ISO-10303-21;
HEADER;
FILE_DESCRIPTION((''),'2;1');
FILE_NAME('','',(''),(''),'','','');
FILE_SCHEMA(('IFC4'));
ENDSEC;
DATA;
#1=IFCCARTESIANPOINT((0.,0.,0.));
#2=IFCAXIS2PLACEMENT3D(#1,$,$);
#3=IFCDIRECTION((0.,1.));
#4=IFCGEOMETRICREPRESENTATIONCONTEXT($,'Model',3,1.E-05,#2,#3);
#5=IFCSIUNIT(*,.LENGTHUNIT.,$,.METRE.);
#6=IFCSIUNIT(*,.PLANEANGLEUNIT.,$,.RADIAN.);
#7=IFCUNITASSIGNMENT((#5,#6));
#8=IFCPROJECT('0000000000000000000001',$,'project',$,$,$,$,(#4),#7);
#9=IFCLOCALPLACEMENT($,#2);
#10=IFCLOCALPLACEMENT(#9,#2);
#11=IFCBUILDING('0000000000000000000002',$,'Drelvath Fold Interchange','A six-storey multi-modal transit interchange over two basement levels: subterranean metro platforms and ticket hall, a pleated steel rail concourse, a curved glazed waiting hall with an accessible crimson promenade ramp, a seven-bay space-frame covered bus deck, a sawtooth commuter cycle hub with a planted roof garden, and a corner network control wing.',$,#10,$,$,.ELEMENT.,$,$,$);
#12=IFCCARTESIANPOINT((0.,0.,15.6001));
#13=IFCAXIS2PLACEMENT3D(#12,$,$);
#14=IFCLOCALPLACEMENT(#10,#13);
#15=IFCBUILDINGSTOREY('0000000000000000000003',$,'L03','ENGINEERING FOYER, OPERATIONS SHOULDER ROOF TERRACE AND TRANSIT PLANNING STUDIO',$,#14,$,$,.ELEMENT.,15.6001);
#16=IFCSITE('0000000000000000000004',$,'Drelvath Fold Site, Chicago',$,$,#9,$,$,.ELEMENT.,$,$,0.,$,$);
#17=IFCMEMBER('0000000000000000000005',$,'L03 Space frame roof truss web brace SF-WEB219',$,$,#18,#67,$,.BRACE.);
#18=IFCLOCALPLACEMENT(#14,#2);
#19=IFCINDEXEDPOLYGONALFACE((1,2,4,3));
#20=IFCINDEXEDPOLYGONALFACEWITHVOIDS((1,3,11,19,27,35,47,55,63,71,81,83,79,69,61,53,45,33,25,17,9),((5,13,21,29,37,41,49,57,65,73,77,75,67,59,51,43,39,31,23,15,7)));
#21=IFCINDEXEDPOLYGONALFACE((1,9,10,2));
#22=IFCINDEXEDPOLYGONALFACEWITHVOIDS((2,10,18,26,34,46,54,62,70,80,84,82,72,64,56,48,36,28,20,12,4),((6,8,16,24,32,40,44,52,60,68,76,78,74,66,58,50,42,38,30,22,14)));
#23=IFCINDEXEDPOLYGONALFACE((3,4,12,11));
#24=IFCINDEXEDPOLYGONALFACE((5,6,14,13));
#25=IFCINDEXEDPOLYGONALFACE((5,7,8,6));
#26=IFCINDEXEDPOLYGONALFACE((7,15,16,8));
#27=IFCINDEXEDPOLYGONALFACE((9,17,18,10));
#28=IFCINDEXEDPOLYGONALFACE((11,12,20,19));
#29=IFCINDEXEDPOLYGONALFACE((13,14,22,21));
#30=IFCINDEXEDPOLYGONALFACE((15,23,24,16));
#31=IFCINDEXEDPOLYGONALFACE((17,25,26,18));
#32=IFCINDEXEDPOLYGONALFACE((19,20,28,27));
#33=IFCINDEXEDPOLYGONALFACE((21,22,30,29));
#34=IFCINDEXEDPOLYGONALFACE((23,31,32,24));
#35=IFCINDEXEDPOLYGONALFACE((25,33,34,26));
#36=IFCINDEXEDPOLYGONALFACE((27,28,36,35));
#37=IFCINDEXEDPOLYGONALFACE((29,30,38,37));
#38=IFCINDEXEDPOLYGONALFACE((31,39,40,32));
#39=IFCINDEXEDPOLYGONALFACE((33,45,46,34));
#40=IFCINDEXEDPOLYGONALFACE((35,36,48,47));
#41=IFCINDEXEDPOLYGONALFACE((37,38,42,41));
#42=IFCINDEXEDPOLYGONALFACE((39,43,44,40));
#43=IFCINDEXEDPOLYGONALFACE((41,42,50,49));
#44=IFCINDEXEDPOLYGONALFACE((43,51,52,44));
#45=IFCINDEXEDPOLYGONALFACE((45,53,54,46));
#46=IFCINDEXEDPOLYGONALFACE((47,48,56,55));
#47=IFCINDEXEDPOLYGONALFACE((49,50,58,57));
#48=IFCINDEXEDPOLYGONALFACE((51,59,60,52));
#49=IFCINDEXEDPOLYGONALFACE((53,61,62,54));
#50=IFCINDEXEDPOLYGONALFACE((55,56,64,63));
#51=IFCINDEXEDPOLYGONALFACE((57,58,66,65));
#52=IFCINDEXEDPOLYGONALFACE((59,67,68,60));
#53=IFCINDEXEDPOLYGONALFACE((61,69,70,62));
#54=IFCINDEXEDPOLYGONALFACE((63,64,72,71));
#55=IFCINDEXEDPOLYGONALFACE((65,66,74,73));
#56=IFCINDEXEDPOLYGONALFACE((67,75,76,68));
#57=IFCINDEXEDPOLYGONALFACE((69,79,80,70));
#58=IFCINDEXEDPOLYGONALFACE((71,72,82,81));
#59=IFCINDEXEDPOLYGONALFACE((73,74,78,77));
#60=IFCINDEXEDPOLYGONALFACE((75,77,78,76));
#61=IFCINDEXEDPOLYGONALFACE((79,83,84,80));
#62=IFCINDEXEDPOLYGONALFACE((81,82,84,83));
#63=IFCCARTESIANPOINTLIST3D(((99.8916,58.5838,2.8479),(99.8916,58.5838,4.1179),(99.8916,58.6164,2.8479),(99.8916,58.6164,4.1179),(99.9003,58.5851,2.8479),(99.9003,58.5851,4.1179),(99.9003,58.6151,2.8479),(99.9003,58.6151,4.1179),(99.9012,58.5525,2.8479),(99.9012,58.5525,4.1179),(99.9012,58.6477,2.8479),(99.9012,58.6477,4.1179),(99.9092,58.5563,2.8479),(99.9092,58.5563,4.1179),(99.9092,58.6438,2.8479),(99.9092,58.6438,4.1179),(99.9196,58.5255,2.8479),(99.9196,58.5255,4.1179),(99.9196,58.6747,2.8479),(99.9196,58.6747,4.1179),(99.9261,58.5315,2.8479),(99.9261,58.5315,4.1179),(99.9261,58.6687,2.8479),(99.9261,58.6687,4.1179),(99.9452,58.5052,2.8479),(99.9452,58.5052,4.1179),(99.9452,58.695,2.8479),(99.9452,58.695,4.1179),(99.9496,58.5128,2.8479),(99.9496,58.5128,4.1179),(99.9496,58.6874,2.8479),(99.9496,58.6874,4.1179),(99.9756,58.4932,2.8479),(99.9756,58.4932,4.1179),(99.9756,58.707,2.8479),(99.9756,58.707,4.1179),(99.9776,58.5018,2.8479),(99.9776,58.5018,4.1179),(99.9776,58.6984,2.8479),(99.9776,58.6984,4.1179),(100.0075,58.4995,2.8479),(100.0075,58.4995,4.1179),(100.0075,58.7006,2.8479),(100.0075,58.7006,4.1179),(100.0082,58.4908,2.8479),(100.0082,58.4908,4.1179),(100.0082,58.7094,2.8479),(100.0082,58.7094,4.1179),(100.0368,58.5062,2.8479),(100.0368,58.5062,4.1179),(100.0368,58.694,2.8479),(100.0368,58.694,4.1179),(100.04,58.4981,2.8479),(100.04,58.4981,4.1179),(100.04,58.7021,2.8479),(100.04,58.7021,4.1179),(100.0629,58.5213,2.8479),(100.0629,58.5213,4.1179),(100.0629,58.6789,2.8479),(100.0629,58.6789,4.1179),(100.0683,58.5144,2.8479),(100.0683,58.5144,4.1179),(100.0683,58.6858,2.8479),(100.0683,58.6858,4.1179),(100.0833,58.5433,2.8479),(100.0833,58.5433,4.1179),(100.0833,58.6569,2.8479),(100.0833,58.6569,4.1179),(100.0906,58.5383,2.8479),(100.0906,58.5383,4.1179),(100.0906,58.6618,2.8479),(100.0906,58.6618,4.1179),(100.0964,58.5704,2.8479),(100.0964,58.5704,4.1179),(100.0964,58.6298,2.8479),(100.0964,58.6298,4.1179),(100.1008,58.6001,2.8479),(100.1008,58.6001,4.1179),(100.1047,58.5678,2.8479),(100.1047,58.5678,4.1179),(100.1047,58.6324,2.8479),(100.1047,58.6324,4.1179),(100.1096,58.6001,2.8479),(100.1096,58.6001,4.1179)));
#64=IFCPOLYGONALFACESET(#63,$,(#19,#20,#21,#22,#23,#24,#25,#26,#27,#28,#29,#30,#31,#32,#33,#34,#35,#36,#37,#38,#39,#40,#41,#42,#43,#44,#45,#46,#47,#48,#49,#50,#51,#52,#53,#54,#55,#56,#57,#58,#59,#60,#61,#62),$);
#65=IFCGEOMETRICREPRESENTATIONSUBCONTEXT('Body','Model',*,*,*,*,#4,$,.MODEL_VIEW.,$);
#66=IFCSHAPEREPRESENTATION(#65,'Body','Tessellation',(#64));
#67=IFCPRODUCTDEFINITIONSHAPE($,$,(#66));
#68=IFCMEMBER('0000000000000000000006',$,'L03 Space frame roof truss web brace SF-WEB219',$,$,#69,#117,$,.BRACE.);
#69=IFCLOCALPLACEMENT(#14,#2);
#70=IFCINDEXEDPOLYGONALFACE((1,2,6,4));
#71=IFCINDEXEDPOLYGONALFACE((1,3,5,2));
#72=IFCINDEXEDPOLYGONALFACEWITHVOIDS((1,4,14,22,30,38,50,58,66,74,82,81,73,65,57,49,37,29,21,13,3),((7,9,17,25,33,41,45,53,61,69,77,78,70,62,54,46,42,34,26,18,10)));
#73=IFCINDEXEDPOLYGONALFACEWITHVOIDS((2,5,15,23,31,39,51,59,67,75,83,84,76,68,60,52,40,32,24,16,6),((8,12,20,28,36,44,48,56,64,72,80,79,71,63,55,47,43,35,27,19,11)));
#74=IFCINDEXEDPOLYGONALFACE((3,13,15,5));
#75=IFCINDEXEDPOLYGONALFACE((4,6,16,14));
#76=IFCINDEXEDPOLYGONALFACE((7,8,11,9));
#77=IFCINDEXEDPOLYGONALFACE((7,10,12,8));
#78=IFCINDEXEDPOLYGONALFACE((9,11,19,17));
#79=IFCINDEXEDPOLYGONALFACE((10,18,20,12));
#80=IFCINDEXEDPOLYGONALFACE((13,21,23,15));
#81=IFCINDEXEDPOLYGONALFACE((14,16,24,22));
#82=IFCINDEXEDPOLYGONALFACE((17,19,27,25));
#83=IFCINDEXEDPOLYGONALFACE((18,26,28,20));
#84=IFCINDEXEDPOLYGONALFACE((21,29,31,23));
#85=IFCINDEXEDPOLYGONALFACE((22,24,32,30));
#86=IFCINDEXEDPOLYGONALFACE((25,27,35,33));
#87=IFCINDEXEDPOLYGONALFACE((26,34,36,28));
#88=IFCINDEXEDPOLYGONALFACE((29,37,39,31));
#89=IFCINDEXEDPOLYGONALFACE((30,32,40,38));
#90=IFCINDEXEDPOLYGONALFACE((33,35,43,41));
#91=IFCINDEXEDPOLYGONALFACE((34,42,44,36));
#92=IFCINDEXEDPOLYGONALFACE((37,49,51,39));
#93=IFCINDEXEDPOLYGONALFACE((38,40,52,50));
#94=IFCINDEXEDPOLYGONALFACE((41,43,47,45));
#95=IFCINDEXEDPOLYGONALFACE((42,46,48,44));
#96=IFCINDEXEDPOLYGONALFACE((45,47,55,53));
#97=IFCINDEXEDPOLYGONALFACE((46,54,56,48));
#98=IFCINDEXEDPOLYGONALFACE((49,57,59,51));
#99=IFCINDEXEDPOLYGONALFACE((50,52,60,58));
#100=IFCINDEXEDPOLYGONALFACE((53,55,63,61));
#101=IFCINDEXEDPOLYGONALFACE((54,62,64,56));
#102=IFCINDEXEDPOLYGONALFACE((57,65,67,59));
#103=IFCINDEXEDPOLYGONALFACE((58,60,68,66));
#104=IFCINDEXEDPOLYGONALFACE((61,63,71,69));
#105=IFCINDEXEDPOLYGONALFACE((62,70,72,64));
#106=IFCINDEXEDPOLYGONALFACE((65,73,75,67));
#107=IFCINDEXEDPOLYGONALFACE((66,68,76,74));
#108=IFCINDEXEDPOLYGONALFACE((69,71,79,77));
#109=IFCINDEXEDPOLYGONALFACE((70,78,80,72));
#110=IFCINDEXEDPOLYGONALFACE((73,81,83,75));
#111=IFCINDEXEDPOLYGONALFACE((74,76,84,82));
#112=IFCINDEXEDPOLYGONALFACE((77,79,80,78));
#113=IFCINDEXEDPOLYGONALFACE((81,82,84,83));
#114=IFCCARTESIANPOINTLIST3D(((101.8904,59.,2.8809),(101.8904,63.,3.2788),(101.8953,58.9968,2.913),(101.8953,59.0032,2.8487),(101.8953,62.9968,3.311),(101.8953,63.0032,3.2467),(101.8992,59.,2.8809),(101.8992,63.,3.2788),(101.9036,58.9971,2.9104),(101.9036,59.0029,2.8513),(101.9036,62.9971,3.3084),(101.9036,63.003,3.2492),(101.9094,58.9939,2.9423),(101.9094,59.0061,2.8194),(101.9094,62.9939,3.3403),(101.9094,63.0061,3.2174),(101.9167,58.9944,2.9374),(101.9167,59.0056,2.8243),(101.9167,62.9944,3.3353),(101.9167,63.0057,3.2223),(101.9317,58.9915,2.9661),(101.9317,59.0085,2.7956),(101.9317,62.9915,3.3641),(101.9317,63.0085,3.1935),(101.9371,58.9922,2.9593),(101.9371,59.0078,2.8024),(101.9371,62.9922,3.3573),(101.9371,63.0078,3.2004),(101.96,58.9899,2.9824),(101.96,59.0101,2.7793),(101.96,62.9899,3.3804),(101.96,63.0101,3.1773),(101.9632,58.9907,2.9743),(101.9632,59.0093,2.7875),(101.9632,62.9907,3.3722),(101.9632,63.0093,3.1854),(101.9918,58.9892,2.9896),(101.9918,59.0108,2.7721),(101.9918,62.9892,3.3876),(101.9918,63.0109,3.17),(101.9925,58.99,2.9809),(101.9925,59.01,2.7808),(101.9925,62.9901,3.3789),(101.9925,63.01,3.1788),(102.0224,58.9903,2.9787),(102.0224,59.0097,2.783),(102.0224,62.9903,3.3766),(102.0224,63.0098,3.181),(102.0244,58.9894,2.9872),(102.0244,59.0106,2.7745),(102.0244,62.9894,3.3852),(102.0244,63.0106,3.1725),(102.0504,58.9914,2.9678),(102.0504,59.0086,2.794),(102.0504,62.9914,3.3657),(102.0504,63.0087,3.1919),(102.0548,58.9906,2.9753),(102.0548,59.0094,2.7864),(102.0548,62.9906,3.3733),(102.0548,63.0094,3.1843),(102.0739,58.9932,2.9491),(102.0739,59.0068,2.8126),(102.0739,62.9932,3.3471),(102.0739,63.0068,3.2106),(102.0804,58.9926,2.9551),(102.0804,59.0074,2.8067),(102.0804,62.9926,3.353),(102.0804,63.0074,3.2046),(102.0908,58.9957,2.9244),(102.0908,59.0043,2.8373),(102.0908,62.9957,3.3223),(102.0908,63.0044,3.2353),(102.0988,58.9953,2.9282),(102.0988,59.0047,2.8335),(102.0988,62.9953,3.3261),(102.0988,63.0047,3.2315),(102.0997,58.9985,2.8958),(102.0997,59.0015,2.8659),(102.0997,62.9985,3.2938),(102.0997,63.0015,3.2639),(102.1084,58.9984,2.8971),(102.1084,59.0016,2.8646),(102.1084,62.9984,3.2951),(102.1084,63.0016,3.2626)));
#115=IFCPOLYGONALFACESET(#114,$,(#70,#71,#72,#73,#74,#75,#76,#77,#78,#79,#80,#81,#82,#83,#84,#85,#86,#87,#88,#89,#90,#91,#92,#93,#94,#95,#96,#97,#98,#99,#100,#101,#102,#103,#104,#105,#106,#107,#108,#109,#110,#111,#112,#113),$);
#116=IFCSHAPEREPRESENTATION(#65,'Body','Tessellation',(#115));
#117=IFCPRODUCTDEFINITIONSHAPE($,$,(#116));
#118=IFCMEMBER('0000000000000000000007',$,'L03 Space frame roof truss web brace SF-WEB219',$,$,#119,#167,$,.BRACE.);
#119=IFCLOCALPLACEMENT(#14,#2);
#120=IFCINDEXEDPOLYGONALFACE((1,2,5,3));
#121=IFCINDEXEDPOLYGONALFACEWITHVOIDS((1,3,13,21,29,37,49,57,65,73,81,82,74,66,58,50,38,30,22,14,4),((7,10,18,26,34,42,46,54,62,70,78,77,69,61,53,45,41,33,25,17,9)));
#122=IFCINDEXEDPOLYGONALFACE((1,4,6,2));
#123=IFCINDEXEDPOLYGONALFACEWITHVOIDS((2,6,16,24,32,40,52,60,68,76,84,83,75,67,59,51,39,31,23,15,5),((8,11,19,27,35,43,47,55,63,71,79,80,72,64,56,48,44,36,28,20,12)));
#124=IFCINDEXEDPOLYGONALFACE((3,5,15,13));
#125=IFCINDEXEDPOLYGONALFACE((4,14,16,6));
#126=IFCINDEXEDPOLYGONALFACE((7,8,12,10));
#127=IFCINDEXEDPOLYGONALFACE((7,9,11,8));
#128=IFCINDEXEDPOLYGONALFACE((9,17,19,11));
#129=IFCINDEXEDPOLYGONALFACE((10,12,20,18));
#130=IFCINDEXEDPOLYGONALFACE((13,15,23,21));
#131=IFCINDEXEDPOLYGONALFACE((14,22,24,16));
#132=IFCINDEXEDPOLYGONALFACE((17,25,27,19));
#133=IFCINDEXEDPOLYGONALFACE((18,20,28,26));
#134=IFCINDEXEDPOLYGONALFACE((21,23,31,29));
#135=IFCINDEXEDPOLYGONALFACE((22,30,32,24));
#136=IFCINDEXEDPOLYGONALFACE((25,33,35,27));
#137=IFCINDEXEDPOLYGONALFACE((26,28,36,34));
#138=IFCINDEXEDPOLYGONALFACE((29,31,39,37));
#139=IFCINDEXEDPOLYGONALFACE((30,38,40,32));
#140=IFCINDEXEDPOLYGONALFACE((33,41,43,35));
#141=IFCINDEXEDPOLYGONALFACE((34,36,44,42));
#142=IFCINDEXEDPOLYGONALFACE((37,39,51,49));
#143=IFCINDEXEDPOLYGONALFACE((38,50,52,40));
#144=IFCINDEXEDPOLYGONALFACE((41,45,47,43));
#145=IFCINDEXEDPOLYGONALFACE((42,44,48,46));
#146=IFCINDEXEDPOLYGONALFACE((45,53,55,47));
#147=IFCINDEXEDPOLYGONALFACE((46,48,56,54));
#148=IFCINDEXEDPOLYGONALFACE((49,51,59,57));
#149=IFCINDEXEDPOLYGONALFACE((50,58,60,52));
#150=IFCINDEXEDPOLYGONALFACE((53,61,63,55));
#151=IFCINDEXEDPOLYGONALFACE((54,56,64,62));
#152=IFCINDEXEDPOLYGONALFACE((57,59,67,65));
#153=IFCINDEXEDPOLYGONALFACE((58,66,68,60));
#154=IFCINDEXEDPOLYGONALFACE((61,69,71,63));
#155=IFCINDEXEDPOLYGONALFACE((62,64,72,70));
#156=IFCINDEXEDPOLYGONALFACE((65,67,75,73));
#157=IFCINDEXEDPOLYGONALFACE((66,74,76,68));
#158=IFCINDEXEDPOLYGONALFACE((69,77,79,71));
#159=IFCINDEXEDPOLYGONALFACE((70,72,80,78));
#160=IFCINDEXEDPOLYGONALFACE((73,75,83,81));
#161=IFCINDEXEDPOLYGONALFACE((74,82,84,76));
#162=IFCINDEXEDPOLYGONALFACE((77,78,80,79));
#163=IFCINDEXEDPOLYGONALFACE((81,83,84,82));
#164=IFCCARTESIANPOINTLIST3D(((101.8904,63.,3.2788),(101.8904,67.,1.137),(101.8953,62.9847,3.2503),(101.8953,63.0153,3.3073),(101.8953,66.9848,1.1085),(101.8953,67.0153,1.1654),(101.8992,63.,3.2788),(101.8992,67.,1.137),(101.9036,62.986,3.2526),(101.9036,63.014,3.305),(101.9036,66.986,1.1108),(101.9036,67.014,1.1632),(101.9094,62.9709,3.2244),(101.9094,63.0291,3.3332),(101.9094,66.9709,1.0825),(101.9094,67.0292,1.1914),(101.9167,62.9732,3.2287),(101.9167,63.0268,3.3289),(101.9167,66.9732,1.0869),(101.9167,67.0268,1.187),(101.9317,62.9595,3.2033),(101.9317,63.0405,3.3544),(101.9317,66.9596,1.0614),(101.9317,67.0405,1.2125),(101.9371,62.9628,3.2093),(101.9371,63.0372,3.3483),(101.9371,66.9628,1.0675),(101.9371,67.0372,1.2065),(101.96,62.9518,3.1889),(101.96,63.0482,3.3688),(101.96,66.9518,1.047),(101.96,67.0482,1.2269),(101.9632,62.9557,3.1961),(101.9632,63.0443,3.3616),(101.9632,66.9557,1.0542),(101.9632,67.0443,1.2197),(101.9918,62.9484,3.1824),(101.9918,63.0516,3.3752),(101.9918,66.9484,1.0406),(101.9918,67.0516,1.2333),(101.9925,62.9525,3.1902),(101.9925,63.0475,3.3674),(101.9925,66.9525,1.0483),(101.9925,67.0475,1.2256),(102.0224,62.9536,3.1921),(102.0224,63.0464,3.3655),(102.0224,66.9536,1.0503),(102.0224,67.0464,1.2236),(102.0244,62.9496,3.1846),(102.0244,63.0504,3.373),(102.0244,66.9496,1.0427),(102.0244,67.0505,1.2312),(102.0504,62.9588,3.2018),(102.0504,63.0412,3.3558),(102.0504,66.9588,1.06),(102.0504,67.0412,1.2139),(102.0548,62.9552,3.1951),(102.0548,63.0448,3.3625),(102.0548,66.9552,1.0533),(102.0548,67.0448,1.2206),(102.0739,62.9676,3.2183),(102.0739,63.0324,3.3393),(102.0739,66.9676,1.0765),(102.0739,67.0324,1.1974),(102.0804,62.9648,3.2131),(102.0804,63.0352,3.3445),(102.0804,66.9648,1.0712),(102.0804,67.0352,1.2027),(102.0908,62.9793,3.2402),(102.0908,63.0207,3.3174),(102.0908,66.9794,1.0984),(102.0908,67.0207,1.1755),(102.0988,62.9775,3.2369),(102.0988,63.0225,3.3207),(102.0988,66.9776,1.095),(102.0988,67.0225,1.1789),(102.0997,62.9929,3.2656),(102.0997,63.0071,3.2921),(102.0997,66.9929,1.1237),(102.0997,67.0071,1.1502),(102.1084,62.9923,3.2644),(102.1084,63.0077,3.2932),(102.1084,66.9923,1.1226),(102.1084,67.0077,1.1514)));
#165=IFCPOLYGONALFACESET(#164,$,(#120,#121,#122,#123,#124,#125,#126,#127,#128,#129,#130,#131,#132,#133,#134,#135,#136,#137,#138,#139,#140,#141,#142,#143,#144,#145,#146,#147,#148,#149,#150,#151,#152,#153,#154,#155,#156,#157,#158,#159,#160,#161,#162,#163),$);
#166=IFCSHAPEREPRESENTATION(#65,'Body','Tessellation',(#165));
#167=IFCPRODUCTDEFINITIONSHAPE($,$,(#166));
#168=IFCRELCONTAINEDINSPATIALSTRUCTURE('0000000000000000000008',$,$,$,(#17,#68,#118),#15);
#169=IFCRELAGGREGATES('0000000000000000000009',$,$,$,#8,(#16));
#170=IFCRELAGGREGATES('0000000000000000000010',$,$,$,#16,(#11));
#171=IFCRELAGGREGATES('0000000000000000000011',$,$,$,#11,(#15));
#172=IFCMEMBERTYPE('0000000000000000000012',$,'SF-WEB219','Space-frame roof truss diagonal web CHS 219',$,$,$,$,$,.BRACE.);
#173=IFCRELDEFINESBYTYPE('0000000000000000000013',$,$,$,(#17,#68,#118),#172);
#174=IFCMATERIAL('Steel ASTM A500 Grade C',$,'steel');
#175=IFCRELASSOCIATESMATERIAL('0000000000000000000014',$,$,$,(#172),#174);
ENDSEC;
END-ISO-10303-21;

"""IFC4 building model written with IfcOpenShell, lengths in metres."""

from ifc_helpers import new_model, si_unit, direction, frame, origin, origin_2d, place, context, subcontext, project, spatial, hollow_circle, extrude, material, material_profile, profile_set, type_object, element, save


model = new_model("IFC4")

# Units and contexts
model_context = context("Model", 3, precision=1e-05, world=origin(), true_north=direction((0.0, 1.0)))
body_context = subcontext(model_context, "Body", "Model", "MODEL_VIEW")
ifc_project = project(units=[si_unit("LENGTHUNIT", "METRE"), si_unit("PLANEANGLEUNIT", "RADIAN")], contexts=[model_context])

# Site, building, storey
site_placement = place(None, origin())
site = spatial("IfcSite", under=ifc_project, at=site_placement, Name="Drelvath Fold Site, Chicago", CompositionType="ELEMENT", RefElevation=0.0)
building_placement = place(site_placement, origin())
building = spatial("IfcBuilding", under=site, at=building_placement, Name="Drelvath Fold Interchange", Description="A six-storey multi-modal transit interchange over two basement levels: subterranean metro platforms and ticket hall, a pleated steel rail concourse, a curved glazed waiting hall with an accessible crimson promenade ramp, a seven-bay space-frame covered bus deck, a sawtooth commuter cycle hub with a planted roof garden, and a corner network control wing.", CompositionType="ELEMENT")
storey_placement = place(building_placement, frame((0.0, 0.0, 15.6001)))
storey = spatial("IfcBuildingStorey", under=building, at=storey_placement, Name="L03", Description="ENGINEERING FOYER, OPERATIONS SHOULDER ROOF TERRACE AND TRANSIT PLANNING STUDIO", CompositionType="ELEMENT", Elevation=15.6001)

# Shared definitions
ifc_material_1 = material(Name="Steel ASTM A500 Grade C", Category="steel")

# Members
ifc_material_profile_1 = material_profile(ifc_material_1, hollow_circle(Radius=0.1096, WallThickness=0.0088, at=origin_2d()), Name="HSS8.625X0.375")
ifc_profile_set_1 = profile_set([ifc_material_profile_1], Name="Steel ASTM A500 Grade C")
member_type_1 = type_object("IfcMemberType", Name="SF-WEB219", Description="Space-frame roof truss diagonal web CHS 219", PredefinedType="BRACE", material=ifc_profile_set_1)
member_1_placement = place(storey_placement, frame((100.0, 58.6001, 2.8479), z_axis=(0.0, 0.0, 1.0), x_axis=(1.0, 0.0, 0.0)))
element("IfcMember", 1, at=member_1_placement, inside=storey, type_object=member_type_1, Name="L03 Space frame roof truss web brace SF-WEB219", PredefinedType="BRACE", context=body_context, shape_type="SweptSolid", body=[
    extrude(hollow_circle(Radius=0.1096, WallThickness=0.0088, at=origin_2d()), origin(), (0.0, 0.0, 1.0), 1.27),
])
member_2_placement = place(storey_placement, frame((102.0, 59.0, 2.8809), z_axis=(0.0, 0.995088, 0.098999), x_axis=(-1.0, 0.0, 0.0)))
element("IfcMember", 2, at=member_2_placement, inside=storey, type_object=member_type_1, Name="L03 Space frame roof truss web brace SF-WEB219", PredefinedType="BRACE", context=body_context, shape_type="SweptSolid", body=[
    extrude(hollow_circle(Radius=0.1096, WallThickness=0.0088, at=origin_2d()), origin(), (0.0, 0.0, 1.0), 4.0198),
])
member_3_placement = place(storey_placement, frame((102.0, 63.0, 3.2788), z_axis=(0.0, 0.881573, -0.472048), x_axis=(-1.0, 0.0, 0.0)))
element("IfcMember", 3, at=member_3_placement, inside=storey, type_object=member_type_1, Name="L03 Space frame roof truss web brace SF-WEB219", PredefinedType="BRACE", context=body_context, shape_type="SweptSolid", body=[
    extrude(hollow_circle(Radius=0.1096, WallThickness=0.0088, at=origin_2d()), origin(), (0.0, 0.0, 1.0), 4.5374),
])

save(model, "model.ifc")
